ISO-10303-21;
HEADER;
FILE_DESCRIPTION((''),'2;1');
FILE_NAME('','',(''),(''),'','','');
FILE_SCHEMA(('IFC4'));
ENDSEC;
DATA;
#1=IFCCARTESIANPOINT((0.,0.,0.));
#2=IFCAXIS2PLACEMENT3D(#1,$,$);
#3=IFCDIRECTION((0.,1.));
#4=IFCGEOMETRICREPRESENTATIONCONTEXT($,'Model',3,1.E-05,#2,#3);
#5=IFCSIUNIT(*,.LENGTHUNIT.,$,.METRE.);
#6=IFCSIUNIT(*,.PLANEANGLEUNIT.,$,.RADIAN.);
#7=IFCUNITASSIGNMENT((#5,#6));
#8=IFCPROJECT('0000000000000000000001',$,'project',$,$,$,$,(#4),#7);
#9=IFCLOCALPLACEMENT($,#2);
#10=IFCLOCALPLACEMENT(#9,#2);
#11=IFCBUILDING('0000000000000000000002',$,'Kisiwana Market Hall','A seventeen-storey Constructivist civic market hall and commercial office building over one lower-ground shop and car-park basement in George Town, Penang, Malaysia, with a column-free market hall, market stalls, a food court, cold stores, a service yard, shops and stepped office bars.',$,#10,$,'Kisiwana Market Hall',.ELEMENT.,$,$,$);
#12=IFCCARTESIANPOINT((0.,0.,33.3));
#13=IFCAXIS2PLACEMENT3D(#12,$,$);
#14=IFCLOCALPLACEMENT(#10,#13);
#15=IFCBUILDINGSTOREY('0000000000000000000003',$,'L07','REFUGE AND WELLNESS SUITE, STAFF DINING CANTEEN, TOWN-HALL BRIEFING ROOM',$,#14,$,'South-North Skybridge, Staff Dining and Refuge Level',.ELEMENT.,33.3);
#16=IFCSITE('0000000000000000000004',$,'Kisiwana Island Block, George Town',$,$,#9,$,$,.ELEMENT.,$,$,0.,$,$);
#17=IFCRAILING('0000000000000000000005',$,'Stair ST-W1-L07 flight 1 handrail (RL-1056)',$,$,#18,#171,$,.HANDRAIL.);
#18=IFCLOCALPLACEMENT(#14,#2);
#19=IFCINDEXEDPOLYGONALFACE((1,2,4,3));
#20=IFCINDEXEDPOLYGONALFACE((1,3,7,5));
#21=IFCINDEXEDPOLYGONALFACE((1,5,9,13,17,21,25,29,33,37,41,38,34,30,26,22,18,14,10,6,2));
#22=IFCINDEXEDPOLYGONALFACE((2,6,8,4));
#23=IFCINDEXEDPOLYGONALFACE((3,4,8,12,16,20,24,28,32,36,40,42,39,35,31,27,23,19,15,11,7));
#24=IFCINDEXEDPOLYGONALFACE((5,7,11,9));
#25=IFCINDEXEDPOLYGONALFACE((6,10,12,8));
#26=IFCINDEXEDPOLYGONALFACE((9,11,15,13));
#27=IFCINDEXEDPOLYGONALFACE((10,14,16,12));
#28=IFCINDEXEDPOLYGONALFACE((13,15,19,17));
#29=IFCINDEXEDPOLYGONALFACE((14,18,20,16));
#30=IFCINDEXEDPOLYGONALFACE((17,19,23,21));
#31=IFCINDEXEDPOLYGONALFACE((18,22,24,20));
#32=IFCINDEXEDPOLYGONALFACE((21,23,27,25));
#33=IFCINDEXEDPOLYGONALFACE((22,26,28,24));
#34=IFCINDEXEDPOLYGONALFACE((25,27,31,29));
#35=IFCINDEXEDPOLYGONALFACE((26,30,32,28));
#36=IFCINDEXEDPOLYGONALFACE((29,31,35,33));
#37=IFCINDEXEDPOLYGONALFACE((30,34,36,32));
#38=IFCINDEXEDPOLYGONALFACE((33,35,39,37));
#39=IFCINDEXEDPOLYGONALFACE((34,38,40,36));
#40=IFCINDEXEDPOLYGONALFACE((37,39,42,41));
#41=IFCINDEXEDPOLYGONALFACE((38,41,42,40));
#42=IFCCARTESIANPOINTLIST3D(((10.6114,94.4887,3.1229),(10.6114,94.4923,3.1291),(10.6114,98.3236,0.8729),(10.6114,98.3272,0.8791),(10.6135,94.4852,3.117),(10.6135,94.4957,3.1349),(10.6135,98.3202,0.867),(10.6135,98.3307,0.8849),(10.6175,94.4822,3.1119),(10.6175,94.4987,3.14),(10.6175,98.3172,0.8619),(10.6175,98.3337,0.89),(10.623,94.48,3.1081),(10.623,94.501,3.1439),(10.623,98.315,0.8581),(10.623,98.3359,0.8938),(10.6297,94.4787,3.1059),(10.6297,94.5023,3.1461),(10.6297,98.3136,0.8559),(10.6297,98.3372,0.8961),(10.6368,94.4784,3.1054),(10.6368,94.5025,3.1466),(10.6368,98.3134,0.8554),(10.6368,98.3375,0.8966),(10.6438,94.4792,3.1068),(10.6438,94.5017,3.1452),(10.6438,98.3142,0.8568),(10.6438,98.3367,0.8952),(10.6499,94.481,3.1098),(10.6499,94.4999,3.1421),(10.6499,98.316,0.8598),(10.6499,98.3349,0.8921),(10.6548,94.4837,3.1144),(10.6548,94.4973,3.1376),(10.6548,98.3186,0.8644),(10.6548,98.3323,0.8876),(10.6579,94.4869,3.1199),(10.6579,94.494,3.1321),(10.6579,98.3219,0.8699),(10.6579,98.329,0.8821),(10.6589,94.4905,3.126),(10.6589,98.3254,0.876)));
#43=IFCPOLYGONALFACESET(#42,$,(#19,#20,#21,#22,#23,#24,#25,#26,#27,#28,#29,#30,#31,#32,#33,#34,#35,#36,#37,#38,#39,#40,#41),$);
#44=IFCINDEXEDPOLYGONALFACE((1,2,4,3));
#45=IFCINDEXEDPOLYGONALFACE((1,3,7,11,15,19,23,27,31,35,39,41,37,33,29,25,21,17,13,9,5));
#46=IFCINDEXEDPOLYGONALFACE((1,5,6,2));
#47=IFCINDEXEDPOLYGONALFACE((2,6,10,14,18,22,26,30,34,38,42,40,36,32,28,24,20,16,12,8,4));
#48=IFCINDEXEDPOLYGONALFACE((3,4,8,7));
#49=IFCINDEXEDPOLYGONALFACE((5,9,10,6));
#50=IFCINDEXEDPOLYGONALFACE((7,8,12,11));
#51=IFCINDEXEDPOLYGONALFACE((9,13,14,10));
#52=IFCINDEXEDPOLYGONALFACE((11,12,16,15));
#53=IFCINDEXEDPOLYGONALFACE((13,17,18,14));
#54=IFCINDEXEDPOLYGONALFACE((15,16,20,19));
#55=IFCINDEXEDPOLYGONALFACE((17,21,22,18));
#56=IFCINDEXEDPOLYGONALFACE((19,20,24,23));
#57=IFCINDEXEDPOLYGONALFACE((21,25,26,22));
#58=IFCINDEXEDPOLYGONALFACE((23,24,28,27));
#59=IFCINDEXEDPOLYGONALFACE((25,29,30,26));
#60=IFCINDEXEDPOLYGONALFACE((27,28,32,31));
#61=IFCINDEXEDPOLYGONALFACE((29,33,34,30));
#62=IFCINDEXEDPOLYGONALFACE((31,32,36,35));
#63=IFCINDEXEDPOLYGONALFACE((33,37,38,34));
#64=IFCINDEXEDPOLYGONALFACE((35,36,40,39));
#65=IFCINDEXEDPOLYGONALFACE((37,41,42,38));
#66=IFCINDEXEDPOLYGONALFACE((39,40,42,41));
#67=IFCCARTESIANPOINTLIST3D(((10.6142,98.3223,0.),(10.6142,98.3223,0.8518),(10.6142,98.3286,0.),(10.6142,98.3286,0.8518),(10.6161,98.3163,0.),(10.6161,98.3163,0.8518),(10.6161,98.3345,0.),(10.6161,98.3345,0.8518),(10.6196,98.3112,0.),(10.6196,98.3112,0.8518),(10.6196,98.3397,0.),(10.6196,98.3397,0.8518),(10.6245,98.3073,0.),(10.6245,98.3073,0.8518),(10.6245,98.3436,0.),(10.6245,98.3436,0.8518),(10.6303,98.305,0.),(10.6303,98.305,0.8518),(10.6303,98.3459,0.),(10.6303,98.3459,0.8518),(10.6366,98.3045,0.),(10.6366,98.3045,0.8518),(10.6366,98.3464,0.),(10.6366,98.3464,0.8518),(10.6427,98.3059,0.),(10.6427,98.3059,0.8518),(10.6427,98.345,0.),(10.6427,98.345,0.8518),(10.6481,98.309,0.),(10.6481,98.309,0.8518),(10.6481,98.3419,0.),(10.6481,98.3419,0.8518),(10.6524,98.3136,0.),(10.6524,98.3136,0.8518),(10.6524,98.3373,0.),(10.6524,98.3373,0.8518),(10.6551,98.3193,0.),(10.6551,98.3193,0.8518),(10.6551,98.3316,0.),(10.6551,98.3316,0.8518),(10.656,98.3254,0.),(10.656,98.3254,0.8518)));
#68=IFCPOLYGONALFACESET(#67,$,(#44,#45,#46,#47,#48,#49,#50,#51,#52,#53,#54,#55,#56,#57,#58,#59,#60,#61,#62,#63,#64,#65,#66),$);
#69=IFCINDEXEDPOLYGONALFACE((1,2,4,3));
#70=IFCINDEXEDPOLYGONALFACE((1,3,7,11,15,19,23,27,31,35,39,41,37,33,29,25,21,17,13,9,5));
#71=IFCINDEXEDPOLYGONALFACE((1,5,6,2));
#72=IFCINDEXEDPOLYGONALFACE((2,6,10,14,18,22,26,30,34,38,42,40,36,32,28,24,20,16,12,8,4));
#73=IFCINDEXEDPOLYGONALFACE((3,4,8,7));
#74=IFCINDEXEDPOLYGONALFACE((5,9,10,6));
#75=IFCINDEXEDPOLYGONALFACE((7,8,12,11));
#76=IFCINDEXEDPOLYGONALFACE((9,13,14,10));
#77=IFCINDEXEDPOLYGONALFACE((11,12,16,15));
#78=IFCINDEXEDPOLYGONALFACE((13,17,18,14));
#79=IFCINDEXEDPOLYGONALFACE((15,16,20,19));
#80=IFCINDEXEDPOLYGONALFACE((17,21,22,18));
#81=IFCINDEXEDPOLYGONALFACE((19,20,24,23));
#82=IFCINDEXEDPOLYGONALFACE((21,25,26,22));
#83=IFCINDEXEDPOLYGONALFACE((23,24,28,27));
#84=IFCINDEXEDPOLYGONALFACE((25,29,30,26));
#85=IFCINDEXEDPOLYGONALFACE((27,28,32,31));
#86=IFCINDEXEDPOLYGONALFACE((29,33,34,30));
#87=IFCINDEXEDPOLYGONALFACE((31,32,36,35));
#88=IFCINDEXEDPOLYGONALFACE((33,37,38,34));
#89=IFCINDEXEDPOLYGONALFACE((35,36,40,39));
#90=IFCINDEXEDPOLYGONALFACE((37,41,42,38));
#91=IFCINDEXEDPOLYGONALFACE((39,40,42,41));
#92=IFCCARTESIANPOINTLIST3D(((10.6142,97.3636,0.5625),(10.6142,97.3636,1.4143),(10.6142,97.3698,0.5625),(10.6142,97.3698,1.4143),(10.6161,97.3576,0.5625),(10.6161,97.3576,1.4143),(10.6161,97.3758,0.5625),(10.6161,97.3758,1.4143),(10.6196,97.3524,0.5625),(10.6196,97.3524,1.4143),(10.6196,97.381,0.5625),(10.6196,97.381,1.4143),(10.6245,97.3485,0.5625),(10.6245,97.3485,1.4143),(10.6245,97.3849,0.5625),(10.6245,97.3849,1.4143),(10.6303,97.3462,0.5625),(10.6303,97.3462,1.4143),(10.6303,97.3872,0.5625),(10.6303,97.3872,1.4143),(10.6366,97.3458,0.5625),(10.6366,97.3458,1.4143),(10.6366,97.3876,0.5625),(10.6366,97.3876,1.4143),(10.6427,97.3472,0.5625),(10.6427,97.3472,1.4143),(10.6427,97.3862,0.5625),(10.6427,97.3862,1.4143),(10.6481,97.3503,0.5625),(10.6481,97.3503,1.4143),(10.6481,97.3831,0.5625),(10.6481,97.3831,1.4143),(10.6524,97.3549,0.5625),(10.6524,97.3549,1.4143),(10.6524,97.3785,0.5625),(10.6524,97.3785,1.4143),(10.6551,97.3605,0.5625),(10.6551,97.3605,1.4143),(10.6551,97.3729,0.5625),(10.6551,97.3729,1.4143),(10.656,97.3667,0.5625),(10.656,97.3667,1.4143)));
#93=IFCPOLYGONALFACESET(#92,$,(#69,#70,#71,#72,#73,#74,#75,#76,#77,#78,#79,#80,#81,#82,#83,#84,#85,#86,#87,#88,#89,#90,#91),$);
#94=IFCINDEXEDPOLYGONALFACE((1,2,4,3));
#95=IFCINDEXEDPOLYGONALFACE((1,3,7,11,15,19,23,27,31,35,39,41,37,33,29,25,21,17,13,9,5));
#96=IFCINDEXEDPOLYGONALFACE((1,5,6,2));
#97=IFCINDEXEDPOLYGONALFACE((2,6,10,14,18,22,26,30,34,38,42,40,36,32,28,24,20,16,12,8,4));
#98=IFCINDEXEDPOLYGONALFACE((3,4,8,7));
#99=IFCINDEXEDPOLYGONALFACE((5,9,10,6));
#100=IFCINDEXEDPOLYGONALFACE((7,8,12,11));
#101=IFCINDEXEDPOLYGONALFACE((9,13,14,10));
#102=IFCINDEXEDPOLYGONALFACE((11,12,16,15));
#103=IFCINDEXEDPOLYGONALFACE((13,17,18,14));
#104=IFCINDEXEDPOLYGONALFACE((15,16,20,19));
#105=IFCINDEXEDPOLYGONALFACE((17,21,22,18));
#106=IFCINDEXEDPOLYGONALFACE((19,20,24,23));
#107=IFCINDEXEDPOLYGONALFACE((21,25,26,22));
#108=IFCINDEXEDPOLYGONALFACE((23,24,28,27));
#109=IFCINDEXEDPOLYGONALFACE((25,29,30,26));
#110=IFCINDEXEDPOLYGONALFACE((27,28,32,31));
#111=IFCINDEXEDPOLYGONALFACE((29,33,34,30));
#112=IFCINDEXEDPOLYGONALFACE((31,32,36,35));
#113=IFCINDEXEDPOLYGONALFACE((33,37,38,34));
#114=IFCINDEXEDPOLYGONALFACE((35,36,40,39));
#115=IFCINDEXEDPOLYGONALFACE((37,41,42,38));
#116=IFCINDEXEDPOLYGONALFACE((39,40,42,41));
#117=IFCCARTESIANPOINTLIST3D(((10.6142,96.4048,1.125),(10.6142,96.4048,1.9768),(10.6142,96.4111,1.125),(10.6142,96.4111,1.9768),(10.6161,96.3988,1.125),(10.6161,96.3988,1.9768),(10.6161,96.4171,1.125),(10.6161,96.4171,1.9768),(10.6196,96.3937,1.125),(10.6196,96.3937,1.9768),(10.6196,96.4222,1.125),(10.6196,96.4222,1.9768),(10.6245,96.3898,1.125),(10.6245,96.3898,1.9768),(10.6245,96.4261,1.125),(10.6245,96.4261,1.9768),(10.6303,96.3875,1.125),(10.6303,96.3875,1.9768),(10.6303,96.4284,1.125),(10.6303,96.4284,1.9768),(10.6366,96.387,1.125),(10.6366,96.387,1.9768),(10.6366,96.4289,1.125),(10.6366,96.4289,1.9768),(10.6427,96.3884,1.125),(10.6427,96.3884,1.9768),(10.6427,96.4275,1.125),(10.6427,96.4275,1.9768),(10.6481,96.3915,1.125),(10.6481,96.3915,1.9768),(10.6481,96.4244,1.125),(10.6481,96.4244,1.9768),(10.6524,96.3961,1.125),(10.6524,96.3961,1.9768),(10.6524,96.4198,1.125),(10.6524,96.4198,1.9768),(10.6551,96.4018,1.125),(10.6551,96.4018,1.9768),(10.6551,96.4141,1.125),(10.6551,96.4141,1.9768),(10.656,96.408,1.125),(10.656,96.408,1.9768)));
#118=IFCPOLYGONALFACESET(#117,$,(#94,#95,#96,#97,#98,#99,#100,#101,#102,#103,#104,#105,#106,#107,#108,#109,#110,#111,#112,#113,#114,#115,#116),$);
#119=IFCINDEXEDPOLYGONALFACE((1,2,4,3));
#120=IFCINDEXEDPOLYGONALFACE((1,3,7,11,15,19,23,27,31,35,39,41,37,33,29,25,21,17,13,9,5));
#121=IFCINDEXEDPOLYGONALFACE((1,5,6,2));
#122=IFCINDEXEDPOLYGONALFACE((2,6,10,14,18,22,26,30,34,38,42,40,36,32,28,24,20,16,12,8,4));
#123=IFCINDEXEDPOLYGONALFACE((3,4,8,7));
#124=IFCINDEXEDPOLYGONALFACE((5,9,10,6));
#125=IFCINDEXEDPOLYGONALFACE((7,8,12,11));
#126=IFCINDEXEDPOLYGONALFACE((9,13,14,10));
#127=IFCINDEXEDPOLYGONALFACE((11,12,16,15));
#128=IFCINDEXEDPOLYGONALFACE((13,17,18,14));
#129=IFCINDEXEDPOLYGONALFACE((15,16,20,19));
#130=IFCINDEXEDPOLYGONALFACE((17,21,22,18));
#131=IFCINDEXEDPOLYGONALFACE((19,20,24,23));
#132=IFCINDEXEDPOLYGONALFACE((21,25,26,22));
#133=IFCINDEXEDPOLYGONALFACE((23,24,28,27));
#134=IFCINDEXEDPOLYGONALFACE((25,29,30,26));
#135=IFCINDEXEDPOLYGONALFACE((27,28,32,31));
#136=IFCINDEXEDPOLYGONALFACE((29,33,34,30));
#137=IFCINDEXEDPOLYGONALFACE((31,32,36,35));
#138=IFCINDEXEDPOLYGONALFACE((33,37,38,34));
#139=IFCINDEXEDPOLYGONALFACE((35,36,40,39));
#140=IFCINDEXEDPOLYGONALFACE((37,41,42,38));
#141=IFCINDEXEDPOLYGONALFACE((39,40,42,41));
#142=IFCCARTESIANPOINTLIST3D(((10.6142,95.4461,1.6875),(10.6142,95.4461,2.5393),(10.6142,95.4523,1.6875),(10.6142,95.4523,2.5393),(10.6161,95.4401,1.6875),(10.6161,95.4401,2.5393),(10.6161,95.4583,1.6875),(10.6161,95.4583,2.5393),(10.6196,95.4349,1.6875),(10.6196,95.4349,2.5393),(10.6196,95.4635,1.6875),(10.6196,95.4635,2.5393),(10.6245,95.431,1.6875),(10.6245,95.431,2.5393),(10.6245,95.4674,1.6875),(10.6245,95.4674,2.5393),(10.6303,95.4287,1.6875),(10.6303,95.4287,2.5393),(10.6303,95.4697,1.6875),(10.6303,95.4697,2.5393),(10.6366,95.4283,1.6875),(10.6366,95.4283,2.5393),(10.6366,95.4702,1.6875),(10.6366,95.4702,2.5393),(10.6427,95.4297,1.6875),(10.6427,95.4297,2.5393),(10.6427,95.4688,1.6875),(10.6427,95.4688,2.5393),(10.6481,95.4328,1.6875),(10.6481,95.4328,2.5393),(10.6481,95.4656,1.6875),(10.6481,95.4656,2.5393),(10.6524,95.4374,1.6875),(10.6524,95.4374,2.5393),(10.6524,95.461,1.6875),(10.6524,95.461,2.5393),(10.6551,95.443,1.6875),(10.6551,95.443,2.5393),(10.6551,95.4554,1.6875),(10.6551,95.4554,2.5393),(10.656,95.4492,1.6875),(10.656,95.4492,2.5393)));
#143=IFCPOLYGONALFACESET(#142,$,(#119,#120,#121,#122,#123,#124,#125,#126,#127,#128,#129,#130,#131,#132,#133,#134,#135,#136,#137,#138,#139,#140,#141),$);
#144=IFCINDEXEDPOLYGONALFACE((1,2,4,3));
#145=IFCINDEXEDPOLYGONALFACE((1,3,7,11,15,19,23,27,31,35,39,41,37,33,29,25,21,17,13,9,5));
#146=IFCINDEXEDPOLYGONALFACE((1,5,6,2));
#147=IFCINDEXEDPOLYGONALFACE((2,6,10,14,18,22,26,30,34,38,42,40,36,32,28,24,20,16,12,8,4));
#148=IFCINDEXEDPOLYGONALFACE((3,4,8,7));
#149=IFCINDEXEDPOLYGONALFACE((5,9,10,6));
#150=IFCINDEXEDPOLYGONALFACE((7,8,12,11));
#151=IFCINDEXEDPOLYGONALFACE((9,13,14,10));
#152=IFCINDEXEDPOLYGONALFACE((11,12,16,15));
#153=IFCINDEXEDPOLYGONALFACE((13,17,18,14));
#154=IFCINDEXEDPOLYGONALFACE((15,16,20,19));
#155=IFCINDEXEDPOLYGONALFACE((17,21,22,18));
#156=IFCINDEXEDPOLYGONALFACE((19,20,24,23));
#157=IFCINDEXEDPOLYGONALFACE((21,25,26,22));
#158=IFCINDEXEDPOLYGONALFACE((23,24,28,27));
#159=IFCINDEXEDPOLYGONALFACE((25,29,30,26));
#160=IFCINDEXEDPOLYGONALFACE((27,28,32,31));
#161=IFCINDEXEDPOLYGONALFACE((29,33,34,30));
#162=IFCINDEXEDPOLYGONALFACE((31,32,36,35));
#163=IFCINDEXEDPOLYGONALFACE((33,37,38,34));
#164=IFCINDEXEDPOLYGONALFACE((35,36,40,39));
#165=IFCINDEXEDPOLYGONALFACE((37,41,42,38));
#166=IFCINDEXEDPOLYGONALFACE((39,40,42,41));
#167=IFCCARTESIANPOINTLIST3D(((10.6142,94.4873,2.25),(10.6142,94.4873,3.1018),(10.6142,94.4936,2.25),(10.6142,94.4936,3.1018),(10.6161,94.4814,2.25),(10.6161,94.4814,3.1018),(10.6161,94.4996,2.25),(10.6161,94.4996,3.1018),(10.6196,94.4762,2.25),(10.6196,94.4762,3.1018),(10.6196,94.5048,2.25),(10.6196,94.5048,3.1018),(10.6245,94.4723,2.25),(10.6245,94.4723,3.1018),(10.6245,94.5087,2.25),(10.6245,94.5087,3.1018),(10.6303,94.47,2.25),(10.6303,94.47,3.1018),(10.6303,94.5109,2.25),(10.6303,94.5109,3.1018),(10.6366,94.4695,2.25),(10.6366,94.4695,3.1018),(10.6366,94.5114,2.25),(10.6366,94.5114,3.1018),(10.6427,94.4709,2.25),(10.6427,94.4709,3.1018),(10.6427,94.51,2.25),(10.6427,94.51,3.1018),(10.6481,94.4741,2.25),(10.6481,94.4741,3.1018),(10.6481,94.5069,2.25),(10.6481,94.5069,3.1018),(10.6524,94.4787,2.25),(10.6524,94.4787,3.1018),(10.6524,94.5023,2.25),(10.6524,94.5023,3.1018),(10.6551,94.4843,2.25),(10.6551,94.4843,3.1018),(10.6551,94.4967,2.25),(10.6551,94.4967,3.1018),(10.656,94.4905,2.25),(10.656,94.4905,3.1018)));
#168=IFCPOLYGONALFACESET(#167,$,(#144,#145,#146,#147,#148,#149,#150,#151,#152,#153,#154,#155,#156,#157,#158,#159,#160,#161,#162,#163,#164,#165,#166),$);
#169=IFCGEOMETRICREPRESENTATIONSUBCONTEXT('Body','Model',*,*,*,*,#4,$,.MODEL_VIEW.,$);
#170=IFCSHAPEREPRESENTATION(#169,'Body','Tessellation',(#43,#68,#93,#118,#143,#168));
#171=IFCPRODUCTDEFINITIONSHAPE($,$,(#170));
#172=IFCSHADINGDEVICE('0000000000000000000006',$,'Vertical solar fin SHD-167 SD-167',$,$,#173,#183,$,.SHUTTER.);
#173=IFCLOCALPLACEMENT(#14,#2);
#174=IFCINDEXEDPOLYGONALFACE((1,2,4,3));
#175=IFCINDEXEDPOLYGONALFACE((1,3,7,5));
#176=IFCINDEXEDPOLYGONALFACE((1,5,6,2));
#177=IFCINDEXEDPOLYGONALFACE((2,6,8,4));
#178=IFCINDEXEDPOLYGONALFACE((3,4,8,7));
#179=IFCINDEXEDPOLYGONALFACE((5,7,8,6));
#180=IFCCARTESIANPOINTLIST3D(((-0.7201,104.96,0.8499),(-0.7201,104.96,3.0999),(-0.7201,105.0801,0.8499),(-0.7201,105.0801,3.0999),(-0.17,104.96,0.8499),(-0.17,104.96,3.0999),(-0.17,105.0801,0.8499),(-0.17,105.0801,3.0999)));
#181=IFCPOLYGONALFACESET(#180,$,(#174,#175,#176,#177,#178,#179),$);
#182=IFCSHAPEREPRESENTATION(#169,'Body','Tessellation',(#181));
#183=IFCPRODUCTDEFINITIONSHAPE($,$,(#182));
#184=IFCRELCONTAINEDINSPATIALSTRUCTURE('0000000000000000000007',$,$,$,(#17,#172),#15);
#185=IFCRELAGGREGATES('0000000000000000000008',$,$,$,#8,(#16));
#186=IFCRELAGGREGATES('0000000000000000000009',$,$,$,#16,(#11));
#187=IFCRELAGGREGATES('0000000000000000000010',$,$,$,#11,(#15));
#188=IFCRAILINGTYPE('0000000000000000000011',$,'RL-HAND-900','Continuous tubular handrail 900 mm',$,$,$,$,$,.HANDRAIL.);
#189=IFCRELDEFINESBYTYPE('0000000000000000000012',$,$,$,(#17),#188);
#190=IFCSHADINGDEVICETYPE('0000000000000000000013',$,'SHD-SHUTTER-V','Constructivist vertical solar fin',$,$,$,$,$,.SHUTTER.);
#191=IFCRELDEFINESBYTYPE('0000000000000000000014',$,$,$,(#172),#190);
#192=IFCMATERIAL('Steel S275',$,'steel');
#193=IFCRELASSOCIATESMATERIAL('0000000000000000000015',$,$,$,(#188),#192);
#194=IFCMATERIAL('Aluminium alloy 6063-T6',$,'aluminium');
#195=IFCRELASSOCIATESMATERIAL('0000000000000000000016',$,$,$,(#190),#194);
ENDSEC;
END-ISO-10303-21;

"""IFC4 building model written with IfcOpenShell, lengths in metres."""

from ifc_helpers import new_model, si_unit, direction, frame, origin, origin_2d, place, context, subcontext, project, spatial, rectangle, circle, extrude, material, type_object, element, save


model = new_model("IFC4")

# Units and contexts
model_context = context("Model", 3, precision=1e-05, world=origin(), true_north=direction((0.0, 1.0)))
body_context = subcontext(model_context, "Body", "Model", "MODEL_VIEW")
ifc_project = project(units=[si_unit("LENGTHUNIT", "METRE"), si_unit("PLANEANGLEUNIT", "RADIAN")], contexts=[model_context])

# Site, building, storey
site_placement = place(None, origin())
site = spatial("IfcSite", under=ifc_project, at=site_placement, Name="Kisiwana Island Block, George Town", CompositionType="ELEMENT", RefElevation=0.0)
building_placement = place(site_placement, origin())
building = spatial("IfcBuilding", under=site, at=building_placement, Name="Kisiwana Market Hall", Description="A seventeen-storey Constructivist civic market hall and commercial office building over one lower-ground shop and car-park basement in George Town, Penang, Malaysia, with a column-free market hall, market stalls, a food court, cold stores, a service yard, shops and stepped office bars.", LongName="Kisiwana Market Hall", CompositionType="ELEMENT")
storey_placement = place(building_placement, frame((0.0, 0.0, 33.3)))
storey = spatial("IfcBuildingStorey", under=building, at=storey_placement, Name="L07", Description="REFUGE AND WELLNESS SUITE, STAFF DINING CANTEEN, TOWN-HALL BRIEFING ROOM", LongName="South-North Skybridge, Staff Dining and Refuge Level", CompositionType="ELEMENT", Elevation=33.3)

# Railing
ifc_material_1 = material(Name="Steel S275", Category="steel")
railing_type_1 = type_object("IfcRailingType", Name="RL-HAND-900", Description="Continuous tubular handrail 900 mm", PredefinedType="HANDRAIL", material=ifc_material_1)
railing_1_placement = place(storey_placement, frame((10.635, 98.3254, 0.0)))
element("IfcRailing", 1, at=railing_1_placement, inside=storey, type_object=railing_type_1, Name="Stair ST-W1-L07 flight 1 handrail (RL-1056)", PredefinedType="HANDRAIL", context=body_context, shape_type="SweptSolid", body=[
    extrude(circle(Radius=0.0239, at=origin_2d()), frame((0.0, 0.0, 0.876), z_axis=(0.0, -0.86251, 0.506041), x_axis=(1.0, 0.0, 0.0)), (0.0, 0.0, 1.0), 4.4463),
    extrude(circle(Radius=0.021, at=origin_2d()), origin(), (0.0, 0.0, 1.0), 0.8518),
    extrude(circle(Radius=0.021, at=origin_2d()), frame((0.0, -0.9587, 0.5625)), (0.0, 0.0, 1.0), 0.8518),
    extrude(circle(Radius=0.021, at=origin_2d()), frame((0.0, -1.9175, 1.125)), (0.0, 0.0, 1.0), 0.8518),
    extrude(circle(Radius=0.021, at=origin_2d()), frame((0.0, -2.8762, 1.6875)), (0.0, 0.0, 1.0), 0.8518),
    extrude(circle(Radius=0.021, at=origin_2d()), frame((0.0, -3.835, 2.25)), (0.0, 0.0, 1.0), 0.8518),
])

# Shading device
ifc_material_2 = material(Name="Aluminium alloy 6063-T6", Category="aluminium")
shading_device_type = type_object("IfcShadingDeviceType", Name="SHD-SHUTTER-V", Description="Constructivist vertical solar fin", PredefinedType="SHUTTER", material=ifc_material_2)
shading_device_placement = place(storey_placement, frame((-0.4451, 105.02, 0.8499), z_axis=(0.0, 0.0, 1.0), x_axis=(0.0, 1.0, 0.0)))
element("IfcShadingDevice", 2, at=shading_device_placement, inside=storey, type_object=shading_device_type, Name="Vertical solar fin SHD-167 SD-167", PredefinedType="SHUTTER", context=body_context, shape_type="SweptSolid", body=[
    extrude(rectangle(XDim=0.1201, YDim=0.55, at=origin_2d()), origin(), (0.0, 0.0, 1.0), 2.25),
])

save(model, "model.ifc")
